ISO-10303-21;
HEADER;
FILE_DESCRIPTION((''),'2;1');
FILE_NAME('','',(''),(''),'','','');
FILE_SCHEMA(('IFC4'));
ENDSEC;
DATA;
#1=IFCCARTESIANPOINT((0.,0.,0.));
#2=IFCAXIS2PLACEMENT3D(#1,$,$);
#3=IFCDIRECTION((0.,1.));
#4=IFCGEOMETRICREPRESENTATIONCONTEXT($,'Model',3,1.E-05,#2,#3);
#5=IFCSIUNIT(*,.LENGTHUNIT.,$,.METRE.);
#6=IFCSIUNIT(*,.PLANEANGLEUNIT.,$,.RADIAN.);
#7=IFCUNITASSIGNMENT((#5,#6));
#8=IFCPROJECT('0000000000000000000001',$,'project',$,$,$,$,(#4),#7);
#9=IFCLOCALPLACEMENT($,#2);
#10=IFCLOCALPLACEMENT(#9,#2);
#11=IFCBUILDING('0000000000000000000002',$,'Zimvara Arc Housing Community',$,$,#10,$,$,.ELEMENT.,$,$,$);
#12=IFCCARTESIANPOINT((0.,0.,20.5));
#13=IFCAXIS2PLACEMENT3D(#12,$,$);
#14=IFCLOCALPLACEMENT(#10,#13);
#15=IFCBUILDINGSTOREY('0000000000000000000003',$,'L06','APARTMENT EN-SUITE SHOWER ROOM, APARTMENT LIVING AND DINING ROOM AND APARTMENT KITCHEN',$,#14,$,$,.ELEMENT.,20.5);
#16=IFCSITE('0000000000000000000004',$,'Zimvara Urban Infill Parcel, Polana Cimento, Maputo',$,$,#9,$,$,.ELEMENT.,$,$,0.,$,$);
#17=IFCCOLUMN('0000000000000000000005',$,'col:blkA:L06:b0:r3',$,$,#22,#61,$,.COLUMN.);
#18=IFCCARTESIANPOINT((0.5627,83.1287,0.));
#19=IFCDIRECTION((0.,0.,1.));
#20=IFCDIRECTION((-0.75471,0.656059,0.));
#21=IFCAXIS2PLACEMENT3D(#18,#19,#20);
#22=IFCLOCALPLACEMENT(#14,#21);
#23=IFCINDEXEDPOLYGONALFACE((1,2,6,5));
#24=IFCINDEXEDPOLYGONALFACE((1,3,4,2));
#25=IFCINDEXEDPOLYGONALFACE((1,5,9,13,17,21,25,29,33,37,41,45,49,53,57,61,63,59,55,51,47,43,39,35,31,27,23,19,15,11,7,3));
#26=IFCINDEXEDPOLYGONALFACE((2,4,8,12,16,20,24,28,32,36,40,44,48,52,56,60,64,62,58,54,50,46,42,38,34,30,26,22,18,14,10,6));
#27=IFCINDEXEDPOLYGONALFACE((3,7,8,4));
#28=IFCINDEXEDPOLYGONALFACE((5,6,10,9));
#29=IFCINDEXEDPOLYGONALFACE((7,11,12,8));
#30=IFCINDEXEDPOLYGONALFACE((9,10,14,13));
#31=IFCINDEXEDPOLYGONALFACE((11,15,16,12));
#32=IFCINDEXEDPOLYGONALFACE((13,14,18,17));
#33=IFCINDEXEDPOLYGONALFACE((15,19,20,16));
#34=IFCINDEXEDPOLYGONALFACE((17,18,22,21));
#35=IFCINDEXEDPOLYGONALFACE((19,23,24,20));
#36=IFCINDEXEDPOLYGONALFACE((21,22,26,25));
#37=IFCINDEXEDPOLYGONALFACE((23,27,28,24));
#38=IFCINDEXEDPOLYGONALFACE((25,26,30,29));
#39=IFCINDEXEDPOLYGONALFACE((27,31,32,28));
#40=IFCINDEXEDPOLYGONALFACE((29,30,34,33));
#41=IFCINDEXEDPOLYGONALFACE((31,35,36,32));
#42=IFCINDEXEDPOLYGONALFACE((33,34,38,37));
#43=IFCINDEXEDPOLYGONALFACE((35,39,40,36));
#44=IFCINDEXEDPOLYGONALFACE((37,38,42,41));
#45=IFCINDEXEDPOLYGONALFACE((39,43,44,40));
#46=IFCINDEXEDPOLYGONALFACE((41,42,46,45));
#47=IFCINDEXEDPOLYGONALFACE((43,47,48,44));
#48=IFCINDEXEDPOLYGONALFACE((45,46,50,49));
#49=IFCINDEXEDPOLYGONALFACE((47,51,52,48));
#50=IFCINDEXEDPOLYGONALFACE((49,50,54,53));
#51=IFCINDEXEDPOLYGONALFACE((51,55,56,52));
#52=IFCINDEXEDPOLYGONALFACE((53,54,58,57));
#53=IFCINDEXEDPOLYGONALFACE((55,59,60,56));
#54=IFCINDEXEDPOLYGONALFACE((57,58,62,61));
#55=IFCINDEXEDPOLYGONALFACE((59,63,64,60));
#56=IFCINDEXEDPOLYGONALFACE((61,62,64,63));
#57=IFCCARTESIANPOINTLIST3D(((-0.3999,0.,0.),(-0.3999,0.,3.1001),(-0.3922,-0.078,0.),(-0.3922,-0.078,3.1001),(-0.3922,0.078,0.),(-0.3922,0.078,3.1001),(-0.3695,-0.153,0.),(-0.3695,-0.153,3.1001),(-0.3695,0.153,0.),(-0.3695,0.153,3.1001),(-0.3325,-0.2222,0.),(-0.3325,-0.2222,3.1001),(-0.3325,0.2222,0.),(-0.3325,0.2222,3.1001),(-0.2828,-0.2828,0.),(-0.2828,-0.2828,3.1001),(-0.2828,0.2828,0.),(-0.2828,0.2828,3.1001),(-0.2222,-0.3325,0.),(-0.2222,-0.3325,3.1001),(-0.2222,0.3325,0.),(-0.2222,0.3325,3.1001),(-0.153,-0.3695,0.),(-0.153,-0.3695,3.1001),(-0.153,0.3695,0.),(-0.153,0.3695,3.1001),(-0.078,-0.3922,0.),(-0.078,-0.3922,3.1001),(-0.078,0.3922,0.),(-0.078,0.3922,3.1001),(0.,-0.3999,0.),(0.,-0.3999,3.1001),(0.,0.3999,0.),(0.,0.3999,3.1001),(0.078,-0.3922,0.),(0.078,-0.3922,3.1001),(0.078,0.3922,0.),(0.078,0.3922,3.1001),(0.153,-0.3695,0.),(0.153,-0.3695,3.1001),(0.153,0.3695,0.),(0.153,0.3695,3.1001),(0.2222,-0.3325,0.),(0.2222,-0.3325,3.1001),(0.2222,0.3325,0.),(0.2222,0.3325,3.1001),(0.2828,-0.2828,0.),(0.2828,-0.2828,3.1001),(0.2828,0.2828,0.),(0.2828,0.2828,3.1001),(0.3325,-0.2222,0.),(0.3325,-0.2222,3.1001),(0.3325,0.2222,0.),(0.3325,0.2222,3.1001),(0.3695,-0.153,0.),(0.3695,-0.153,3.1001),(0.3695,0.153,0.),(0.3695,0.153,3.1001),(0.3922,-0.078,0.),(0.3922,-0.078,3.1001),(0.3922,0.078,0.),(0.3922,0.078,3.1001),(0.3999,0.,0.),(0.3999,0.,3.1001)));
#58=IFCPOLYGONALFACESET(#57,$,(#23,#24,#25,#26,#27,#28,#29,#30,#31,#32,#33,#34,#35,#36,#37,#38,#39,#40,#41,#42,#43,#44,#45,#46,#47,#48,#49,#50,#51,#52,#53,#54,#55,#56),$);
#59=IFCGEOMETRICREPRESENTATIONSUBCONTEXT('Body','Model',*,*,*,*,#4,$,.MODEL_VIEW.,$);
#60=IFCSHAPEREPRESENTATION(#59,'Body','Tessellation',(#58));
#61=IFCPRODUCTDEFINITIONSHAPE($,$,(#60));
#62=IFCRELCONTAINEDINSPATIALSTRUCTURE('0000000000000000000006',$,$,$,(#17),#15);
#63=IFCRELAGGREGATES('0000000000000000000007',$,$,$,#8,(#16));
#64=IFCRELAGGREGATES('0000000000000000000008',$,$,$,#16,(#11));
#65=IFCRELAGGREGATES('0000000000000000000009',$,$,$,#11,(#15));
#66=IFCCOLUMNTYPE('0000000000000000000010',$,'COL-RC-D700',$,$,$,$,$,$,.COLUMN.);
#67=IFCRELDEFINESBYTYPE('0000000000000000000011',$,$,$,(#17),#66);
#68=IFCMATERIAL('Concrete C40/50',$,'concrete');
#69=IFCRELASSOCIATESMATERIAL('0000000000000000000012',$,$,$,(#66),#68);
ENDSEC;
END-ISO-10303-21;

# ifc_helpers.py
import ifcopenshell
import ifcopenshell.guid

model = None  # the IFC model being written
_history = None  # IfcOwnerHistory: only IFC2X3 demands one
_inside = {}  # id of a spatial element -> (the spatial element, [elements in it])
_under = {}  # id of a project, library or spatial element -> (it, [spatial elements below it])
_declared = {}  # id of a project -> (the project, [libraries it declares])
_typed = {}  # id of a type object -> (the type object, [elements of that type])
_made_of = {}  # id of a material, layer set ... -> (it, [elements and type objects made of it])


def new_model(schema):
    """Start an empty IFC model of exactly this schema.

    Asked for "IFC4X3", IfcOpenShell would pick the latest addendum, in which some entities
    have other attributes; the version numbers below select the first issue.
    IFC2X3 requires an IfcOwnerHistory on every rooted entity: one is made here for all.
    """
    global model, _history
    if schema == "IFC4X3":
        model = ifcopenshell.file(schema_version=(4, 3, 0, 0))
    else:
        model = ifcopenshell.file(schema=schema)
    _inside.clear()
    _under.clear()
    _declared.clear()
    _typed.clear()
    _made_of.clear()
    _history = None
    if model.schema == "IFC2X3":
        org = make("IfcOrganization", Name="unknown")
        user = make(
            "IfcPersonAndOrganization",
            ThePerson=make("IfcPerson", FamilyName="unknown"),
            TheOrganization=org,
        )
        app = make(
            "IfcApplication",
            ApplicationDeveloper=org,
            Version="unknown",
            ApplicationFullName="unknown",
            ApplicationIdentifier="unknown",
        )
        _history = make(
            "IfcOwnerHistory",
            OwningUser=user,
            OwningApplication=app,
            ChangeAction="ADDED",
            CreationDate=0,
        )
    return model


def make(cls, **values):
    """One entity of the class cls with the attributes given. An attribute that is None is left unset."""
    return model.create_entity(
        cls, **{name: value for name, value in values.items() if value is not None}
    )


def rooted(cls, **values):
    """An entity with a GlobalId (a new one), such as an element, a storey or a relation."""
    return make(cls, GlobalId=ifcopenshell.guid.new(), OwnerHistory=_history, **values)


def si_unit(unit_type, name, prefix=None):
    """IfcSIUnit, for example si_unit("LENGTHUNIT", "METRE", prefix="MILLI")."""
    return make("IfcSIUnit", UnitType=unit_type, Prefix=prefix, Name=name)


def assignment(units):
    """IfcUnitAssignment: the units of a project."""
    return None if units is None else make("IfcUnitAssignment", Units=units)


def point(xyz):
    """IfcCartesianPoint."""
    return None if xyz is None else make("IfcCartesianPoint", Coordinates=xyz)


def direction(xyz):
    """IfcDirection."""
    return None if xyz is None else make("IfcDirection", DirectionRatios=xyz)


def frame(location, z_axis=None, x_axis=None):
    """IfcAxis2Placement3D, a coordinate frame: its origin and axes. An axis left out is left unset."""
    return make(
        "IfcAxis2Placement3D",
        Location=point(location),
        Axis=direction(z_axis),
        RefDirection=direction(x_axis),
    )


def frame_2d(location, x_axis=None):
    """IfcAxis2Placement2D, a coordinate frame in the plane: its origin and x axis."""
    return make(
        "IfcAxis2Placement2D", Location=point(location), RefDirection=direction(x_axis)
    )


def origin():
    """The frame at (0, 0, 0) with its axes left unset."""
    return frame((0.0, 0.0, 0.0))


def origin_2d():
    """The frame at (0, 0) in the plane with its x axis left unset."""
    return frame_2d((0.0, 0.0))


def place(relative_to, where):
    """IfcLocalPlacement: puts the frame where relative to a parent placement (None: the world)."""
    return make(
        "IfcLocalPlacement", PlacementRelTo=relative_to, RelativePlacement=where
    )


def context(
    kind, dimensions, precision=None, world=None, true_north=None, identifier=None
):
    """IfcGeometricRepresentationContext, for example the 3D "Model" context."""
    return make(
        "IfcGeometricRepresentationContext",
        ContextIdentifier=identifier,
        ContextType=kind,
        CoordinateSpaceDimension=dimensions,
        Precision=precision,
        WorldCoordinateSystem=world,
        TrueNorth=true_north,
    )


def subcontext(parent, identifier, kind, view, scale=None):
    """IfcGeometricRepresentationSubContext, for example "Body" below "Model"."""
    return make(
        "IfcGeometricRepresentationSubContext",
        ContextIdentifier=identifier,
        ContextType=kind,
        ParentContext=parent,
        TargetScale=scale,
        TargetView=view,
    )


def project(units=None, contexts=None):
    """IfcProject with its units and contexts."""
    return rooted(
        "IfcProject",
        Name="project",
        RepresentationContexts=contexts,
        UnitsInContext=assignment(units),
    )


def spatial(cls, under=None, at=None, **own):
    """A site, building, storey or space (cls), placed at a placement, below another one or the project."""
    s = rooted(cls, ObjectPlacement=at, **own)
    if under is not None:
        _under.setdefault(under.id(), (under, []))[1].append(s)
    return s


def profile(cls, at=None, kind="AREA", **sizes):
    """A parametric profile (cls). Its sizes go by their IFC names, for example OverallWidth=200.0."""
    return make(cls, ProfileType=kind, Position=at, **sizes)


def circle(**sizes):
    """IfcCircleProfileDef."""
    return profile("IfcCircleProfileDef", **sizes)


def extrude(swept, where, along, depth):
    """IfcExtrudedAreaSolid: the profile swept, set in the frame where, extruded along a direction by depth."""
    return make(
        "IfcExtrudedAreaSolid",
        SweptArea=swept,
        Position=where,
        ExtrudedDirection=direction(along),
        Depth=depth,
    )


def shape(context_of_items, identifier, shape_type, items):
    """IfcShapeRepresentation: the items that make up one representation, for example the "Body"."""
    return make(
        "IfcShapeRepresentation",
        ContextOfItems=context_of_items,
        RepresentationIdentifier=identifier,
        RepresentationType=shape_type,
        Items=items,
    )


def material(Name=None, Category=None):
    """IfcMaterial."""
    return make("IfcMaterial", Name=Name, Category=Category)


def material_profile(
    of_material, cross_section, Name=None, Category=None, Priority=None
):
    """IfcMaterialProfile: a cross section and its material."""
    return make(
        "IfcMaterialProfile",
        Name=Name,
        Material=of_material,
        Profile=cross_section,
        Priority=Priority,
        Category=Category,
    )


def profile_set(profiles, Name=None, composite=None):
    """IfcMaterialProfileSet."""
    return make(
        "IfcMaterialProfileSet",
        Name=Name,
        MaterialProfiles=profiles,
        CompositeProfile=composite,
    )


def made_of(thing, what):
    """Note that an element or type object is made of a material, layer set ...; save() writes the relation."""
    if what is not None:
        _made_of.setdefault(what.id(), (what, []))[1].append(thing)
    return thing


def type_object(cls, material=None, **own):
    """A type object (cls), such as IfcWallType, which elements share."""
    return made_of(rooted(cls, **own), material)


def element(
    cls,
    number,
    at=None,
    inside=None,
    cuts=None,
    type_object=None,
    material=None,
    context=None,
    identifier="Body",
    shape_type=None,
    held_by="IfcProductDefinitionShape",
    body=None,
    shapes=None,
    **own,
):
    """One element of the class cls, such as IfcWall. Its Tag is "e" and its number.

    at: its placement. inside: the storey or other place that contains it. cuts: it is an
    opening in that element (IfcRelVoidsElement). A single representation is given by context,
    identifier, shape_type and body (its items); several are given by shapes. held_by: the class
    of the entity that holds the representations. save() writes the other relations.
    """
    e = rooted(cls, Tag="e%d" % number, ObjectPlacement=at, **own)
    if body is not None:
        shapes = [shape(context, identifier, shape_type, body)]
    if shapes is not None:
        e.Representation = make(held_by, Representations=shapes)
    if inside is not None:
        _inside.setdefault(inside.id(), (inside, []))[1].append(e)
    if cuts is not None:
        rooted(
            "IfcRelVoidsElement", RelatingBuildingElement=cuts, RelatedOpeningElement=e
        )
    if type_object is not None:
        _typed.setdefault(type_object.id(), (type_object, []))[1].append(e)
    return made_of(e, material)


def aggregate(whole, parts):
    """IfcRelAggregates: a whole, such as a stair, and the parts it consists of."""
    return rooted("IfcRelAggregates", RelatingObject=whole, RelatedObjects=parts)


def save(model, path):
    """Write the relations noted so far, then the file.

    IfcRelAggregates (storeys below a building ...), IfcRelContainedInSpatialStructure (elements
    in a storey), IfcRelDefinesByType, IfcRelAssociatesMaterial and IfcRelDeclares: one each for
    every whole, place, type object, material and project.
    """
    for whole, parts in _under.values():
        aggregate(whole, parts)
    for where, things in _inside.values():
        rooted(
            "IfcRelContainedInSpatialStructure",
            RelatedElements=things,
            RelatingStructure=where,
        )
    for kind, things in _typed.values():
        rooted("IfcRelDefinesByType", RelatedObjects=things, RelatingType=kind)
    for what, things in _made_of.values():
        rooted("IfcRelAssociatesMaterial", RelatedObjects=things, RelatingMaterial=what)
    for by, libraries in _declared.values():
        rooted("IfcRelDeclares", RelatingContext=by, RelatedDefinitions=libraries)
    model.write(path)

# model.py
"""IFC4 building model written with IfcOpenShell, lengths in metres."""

from ifc_helpers import new_model, si_unit, direction, frame, origin, origin_2d, place, context, subcontext, project, spatial, circle, extrude, material, material_profile, profile_set, type_object, element, save


model = new_model("IFC4")

# Units and contexts
model_context = context("Model", 3, precision=1e-05, world=origin(), true_north=direction((0.0, 1.0)))
body_context = subcontext(model_context, "Body", "Model", "MODEL_VIEW")
ifc_project = project(units=[si_unit("LENGTHUNIT", "METRE"), si_unit("PLANEANGLEUNIT", "RADIAN")], contexts=[model_context])

# Site, building, storey
site_placement = place(None, origin())
site = spatial("IfcSite", under=ifc_project, at=site_placement, Name="Zimvara Urban Infill Parcel, Polana Cimento, Maputo", CompositionType="ELEMENT", RefElevation=0.0)
building_placement = place(site_placement, origin())
building = spatial("IfcBuilding", under=site, at=building_placement, Name="Zimvara Arc Housing Community", CompositionType="ELEMENT")
storey_placement = place(building_placement, frame((0.0, 0.0, 20.5)))
storey = spatial("IfcBuildingStorey", under=building, at=storey_placement, Name="L06", Description="APARTMENT EN-SUITE SHOWER ROOM, APARTMENT LIVING AND DINING ROOM AND APARTMENT KITCHEN", CompositionType="ELEMENT", Elevation=20.5)

# Column
ifc_material_1 = material(Name="Concrete C40/50", Category="concrete")
ifc_material_profile_1 = material_profile(ifc_material_1, circle(Radius=0.3999, at=origin_2d()), Name="RC D800")
ifc_profile_set_1 = profile_set([ifc_material_profile_1], Name="Concrete C40/50")
column_type_1 = type_object("IfcColumnType", Name="COL-RC-D700", PredefinedType="COLUMN", material=ifc_profile_set_1)
column_placement = place(storey_placement, frame((0.5627, 83.1287, 0.0), z_axis=(0.0, 0.0, 1.0), x_axis=(-0.75471, 0.656059, 0.0)))
element("IfcColumn", 1, at=column_placement, inside=storey, type_object=column_type_1, Name="col:blkA:L06:b0:r3", PredefinedType="COLUMN", context=body_context, shape_type="SweptSolid", body=[
    extrude(circle(Radius=0.3999, at=origin_2d()), origin(), (0.0, 0.0, 1.0), 3.1001),
])

save(model, "model.ifc")
